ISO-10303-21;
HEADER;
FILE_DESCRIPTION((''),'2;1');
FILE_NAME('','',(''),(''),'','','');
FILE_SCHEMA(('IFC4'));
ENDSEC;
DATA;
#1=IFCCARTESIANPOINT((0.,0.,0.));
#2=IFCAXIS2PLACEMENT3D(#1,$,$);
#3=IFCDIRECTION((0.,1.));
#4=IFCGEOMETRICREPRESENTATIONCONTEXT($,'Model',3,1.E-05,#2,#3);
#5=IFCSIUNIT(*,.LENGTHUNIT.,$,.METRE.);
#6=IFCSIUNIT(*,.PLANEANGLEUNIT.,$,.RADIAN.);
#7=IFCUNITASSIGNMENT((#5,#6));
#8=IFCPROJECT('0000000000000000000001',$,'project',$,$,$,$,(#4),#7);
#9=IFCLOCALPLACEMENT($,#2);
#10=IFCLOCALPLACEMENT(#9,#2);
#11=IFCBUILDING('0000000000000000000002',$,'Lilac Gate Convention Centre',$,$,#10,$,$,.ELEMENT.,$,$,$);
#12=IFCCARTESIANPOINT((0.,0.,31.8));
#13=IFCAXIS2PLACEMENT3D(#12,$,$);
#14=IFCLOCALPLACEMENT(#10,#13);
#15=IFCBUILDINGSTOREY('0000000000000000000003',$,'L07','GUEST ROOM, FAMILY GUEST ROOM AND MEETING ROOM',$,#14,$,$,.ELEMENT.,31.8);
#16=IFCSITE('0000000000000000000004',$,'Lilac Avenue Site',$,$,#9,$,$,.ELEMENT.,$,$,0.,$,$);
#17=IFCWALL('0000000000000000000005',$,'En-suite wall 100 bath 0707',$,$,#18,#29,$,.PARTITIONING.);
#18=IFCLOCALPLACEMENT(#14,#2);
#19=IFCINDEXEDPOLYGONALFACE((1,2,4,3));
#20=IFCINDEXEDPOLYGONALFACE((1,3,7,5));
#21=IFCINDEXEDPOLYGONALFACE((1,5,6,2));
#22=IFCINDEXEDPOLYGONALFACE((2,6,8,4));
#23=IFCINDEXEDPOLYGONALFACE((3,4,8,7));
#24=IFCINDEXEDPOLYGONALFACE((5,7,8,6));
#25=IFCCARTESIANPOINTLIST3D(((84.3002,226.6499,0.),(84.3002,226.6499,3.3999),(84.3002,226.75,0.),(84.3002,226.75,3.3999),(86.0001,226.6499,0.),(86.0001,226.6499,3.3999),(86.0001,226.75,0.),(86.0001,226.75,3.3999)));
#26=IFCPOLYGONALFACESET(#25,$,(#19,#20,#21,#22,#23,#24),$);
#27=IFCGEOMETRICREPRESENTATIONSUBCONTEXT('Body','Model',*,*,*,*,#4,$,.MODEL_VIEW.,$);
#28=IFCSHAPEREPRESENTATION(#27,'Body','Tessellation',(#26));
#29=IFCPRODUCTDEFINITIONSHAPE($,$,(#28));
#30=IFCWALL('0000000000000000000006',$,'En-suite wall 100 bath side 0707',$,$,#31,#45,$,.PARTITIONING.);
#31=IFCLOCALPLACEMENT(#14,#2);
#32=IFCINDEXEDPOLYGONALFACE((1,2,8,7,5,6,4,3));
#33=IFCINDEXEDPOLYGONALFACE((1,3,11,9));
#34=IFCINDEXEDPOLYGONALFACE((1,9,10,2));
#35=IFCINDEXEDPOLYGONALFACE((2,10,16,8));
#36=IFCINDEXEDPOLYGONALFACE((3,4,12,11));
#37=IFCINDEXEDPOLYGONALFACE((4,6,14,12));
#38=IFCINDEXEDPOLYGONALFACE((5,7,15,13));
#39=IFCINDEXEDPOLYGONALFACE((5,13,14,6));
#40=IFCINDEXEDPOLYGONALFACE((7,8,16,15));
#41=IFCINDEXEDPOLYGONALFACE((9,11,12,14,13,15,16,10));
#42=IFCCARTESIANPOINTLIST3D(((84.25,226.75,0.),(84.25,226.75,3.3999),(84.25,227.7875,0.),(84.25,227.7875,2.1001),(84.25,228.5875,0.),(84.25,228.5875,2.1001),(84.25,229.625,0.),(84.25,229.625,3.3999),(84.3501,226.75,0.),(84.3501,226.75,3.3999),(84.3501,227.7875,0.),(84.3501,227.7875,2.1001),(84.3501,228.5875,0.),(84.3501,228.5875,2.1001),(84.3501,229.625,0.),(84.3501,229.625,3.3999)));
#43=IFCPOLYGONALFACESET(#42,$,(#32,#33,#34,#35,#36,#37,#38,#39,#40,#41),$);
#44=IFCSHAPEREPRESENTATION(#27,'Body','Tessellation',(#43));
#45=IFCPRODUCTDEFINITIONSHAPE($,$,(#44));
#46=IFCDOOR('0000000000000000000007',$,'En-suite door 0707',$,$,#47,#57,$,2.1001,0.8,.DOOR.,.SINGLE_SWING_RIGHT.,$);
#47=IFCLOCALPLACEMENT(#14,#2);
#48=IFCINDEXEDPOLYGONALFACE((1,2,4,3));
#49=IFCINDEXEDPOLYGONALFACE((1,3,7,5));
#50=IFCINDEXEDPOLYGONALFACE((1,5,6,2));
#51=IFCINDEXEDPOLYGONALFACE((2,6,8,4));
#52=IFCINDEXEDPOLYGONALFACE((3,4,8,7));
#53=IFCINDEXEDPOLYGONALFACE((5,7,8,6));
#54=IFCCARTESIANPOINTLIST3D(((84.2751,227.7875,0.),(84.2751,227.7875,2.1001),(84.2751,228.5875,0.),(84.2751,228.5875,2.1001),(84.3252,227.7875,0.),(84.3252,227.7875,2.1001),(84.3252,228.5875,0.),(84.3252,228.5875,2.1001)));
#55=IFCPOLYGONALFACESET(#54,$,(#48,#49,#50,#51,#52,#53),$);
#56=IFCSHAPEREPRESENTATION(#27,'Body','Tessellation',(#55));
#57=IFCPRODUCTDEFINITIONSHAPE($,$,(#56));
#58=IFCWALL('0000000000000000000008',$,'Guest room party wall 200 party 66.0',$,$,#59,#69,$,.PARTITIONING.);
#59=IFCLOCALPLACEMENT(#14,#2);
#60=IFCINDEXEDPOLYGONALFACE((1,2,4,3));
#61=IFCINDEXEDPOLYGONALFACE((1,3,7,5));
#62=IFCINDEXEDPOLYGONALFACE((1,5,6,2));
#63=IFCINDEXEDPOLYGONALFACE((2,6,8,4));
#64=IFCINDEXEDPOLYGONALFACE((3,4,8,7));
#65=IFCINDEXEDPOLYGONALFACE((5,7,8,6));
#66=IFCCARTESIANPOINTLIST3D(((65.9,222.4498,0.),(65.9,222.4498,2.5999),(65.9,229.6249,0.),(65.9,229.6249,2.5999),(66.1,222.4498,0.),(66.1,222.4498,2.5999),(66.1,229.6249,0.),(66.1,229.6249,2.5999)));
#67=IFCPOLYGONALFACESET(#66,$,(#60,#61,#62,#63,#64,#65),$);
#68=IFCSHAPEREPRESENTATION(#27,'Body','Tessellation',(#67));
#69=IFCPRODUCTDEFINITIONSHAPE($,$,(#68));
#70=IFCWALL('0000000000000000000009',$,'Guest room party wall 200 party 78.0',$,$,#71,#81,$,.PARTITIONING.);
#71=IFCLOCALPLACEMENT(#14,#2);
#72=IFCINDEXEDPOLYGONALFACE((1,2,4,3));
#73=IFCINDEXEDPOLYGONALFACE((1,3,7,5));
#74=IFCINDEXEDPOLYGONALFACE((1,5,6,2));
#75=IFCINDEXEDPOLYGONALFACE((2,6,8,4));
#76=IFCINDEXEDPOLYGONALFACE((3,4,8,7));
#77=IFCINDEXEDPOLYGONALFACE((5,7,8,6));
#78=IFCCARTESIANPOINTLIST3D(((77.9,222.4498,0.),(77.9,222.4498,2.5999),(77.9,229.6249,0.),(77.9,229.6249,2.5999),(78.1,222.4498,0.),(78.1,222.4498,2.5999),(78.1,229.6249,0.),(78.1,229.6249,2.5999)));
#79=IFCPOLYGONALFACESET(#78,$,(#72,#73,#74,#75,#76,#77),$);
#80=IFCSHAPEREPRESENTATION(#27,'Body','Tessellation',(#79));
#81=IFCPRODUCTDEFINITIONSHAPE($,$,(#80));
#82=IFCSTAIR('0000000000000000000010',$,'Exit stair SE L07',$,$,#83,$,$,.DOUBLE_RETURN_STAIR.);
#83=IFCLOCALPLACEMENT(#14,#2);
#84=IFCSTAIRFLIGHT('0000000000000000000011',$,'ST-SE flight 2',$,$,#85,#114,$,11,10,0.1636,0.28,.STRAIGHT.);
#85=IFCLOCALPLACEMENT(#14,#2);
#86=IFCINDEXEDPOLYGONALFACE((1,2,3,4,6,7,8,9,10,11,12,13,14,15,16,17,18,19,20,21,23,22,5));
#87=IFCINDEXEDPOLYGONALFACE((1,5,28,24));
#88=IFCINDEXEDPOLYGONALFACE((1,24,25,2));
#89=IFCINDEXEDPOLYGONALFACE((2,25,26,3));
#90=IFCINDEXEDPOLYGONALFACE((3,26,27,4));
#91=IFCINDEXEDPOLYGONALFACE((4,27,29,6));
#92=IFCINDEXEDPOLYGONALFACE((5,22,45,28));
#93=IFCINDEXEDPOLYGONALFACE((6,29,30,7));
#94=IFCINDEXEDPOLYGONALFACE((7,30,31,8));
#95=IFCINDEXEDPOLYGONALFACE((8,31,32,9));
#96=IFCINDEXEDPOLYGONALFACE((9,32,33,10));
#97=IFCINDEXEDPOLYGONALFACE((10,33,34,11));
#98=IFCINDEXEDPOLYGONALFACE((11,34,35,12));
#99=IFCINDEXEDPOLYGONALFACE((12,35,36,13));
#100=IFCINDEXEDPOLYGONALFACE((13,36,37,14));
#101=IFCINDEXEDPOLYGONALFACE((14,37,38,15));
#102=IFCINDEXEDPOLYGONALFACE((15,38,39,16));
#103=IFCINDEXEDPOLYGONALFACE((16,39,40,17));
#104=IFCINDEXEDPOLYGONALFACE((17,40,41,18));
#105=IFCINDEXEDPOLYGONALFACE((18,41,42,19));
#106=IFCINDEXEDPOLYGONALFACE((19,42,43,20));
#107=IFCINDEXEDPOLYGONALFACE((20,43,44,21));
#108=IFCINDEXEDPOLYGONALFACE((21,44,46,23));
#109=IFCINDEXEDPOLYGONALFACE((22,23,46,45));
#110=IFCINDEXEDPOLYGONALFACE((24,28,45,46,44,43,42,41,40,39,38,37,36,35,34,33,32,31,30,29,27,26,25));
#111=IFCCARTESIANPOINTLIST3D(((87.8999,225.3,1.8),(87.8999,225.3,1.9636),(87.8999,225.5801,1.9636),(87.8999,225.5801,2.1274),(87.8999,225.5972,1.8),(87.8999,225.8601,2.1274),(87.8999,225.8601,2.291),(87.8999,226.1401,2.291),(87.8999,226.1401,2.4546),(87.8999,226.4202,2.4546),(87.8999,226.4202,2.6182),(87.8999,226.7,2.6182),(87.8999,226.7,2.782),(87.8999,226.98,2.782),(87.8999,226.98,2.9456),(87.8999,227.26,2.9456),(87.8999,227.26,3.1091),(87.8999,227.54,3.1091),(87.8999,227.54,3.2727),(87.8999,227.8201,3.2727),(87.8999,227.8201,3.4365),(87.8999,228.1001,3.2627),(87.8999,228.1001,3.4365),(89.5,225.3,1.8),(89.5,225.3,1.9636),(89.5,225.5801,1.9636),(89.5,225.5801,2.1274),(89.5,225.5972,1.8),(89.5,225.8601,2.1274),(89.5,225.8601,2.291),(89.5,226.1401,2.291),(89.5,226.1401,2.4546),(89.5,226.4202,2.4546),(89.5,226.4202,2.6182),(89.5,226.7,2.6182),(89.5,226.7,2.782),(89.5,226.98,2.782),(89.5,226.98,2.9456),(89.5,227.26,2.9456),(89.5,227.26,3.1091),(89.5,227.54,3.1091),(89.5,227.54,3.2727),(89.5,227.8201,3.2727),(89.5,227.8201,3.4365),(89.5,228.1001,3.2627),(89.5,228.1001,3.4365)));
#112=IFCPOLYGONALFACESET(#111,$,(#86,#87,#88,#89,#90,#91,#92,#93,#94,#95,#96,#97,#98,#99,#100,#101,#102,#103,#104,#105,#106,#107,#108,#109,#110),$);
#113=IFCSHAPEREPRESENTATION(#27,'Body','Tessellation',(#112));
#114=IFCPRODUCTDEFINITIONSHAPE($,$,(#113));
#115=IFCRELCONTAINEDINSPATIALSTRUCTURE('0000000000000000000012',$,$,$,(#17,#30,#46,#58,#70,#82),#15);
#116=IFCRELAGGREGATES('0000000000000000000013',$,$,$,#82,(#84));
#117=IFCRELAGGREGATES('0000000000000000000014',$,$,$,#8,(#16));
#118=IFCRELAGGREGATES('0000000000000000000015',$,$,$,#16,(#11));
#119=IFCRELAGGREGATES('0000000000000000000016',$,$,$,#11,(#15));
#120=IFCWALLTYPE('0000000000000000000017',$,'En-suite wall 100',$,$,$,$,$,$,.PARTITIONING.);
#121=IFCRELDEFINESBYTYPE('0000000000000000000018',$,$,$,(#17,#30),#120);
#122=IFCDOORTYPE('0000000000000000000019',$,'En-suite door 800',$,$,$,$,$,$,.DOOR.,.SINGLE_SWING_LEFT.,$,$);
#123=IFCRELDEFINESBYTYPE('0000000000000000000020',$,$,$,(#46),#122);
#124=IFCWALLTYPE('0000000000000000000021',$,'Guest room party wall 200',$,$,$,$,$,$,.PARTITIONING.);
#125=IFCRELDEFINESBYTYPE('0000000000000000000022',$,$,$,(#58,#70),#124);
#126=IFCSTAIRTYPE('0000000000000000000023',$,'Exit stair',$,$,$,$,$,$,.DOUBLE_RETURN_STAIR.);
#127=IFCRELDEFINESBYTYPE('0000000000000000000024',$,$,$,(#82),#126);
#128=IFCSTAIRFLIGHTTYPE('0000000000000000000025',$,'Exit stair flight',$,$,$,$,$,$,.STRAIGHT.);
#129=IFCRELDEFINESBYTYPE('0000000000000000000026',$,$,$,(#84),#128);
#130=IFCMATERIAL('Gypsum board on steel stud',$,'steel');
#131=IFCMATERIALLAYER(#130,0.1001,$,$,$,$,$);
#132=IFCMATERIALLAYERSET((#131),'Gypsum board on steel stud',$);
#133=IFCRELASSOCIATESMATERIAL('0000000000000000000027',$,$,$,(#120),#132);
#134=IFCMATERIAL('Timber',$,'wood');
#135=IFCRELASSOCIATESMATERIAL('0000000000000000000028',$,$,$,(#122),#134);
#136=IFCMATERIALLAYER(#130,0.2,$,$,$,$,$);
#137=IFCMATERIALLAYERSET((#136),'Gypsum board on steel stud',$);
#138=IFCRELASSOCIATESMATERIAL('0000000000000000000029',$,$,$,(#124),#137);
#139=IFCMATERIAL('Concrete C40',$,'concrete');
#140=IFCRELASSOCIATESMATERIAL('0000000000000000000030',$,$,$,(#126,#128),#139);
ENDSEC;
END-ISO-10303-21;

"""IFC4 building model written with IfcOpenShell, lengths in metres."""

from ifc_helpers import new_model, si_unit, direction, frame, frame_2d, origin, place, context, subcontext, project, spatial, polyline, rectangle, outline, extrude, material, layer, layer_set, type_object, element, fill, aggregate, save


model = new_model("IFC4")

# Units and contexts
model_context = context("Model", 3, precision=1e-05, world=origin(), true_north=direction((0.0, 1.0)))
body_context = subcontext(model_context, "Body", "Model", "MODEL_VIEW")
ifc_project = project(units=[si_unit("LENGTHUNIT", "METRE"), si_unit("PLANEANGLEUNIT", "RADIAN")], contexts=[model_context])

# Site, building, storey
site_placement = place(None, origin())
site = spatial("IfcSite", under=ifc_project, at=site_placement, Name="Lilac Avenue Site", CompositionType="ELEMENT", RefElevation=0.0)
building_placement = place(site_placement, origin())
building = spatial("IfcBuilding", under=site, at=building_placement, Name="Lilac Gate Convention Centre", CompositionType="ELEMENT")
storey_placement = place(building_placement, frame((0.0, 0.0, 31.8)))
storey = spatial("IfcBuildingStorey", under=building, at=storey_placement, Name="L07", Description="GUEST ROOM, FAMILY GUEST ROOM AND MEETING ROOM", CompositionType="ELEMENT", Elevation=31.8)

# Shared definitions
ifc_material_1 = material(Name="Gypsum board on steel stud", Category="steel")
ifc_layer_1 = layer(ifc_material_1, 0.1001)
ifc_layer_set_1 = layer_set([ifc_layer_1], Name="Gypsum board on steel stud")
wall_type_1 = type_object("IfcWallType", Name="En-suite wall 100", PredefinedType="PARTITIONING", material=ifc_layer_set_1)

# Shared definitions
ifc_material_2 = material(Name="Timber", Category="wood")
door_type = type_object("IfcDoorType", Name="En-suite door 800", OperationType="SINGLE_SWING_LEFT", PredefinedType="DOOR", material=ifc_material_2)

# Wall
wall_1_placement = place(storey_placement, frame((84.3, 226.7, 0.0), z_axis=(0.0, 0.0, 1.0), x_axis=(1.0, 0.0, 0.0)))
element("IfcWall", 1, at=wall_1_placement, inside=storey, type_object=wall_type_1, Name="En-suite wall 100 bath 0707", PredefinedType="PARTITIONING", context=body_context, shape_type="SweptSolid", body=[
    extrude(rectangle(XDim=1.7, YDim=0.1001, at=frame_2d((0.8501, 0.0))), origin(), (0.0, 0.0, 1.0), 3.3999),
])

# Wall, opening, door
wall_2_placement = place(storey_placement, frame((84.3, 226.75, 0.0), z_axis=(0.0, 0.0, 1.0), x_axis=(0.0, 1.0, 0.0)))
wall_2 = element("IfcWall", 2, at=wall_2_placement, inside=storey, type_object=wall_type_1, Name="En-suite wall 100 bath side 0707", PredefinedType="PARTITIONING", context=body_context, shape_type="SweptSolid", body=[
    extrude(rectangle(XDim=2.875, YDim=0.1001, at=frame_2d((1.4375, 0.0))), origin(), (0.0, 0.0, 1.0), 3.3999),
])
opening_1_placement = place(wall_2_placement, frame((1.0376, 0.0, 0.0)))
opening_1 = element("IfcOpeningElement", 3, at=opening_1_placement, cuts=wall_2, PredefinedType="OPENING", context=body_context, shape_type="SweptSolid", body=[
    extrude(rectangle(XDim=0.8, YDim=2.1001, at=frame_2d((0.3999, 1.05))), frame((0.0, 0.0601, 0.0), z_axis=(0.0, -1.0, 0.0), x_axis=(1.0, 0.0, 0.0)), (0.0, 0.0, 1.0), 0.1201),
])
door_1_placement = place(opening_1_placement, origin())
door_1 = element("IfcDoor", 4, at=door_1_placement, inside=storey, type_object=door_type, Name="En-suite door 0707", OperationType="SINGLE_SWING_RIGHT", OverallHeight=2.1001, OverallWidth=0.8, PredefinedType="DOOR", context=body_context, shape_type="SweptSolid", body=[
    extrude(rectangle(XDim=0.8, YDim=2.1001, at=frame_2d((0.3999, 1.05))), frame((0.0, 0.0249, 0.0), z_axis=(0.0, -1.0, 0.0), x_axis=(1.0, 0.0, 0.0)), (0.0, 0.0, 1.0), 0.05),
])
fill(opening_1, door_1)

# Walls
ifc_layer_2 = layer(ifc_material_1, 0.2)
ifc_layer_set_2 = layer_set([ifc_layer_2], Name="Gypsum board on steel stud")
wall_type_2 = type_object("IfcWallType", Name="Guest room party wall 200", PredefinedType="PARTITIONING", material=ifc_layer_set_2)
for number, where, z_axis, x_axis, name in (
    (5, (66.0, 222.45, 0.0), (0.0, 0.0, 1.0), (0.0, 1.0, 0.0), "Guest room party wall 200 party 66.0"),
    (6, (78.0, 222.45, 0.0), (0.0, 0.0, 1.0), (0.0, 1.0, 0.0), "Guest room party wall 200 party 78.0"),
):
    element("IfcWall", number, at=place(storey_placement, frame(where, z_axis=z_axis, x_axis=x_axis)), inside=storey, type_object=wall_type_2, Name=name, PredefinedType="PARTITIONING", context=body_context, shape_type="SweptSolid", body=[
        extrude(rectangle(XDim=7.175, YDim=0.2, at=frame_2d((3.5874, 0.0))), origin(), (0.0, 0.0, 1.0), 2.5999),
    ])

# Stair, stair flight
ifc_material_3 = material(Name="Concrete C40", Category="concrete")
stair_type = type_object("IfcStairType", Name="Exit stair", PredefinedType="DOUBLE_RETURN_STAIR", material=ifc_material_3)
stair_placement = place(storey_placement, origin())
stair = element("IfcStair", 7, at=stair_placement, inside=storey, type_object=stair_type, Name="Exit stair SE L07", PredefinedType="DOUBLE_RETURN_STAIR")
stair_flight_type = type_object("IfcStairFlightType", Name="Exit stair flight", PredefinedType="STRAIGHT", material=ifc_material_3)
stair_flight_placement = place(storey_placement, frame((88.7, 225.3, 1.8), z_axis=(0.0, 0.0, 1.0), x_axis=(0.0, 1.0, 0.0)))
stair_flight = element("IfcStairFlight", 8, at=stair_flight_placement, type_object=stair_flight_type, Name="ST-SE flight 2", NumberOfRisers=11, NumberOfTreads=10, PredefinedType="STRAIGHT", RiserHeight=0.1636, TreadLength=0.28, context=body_context, shape_type="SweptSolid", body=[
    extrude(outline(polyline([(0.0, 0.0), (0.0, 0.1636), (0.28, 0.1636), (0.28, 0.3274), (0.5601, 0.3274), (0.5601, 0.491), (0.8401, 0.491), (0.8401, 0.6545), (1.1201, 0.6545), (1.1201, 0.8181), (1.3999, 0.8181), (1.3999, 0.9819), (1.6799, 0.9819), (1.6799, 1.1455), (1.96, 1.1455), (1.96, 1.3091), (2.24, 1.3091), (2.24, 1.4727), (2.52, 1.4727), (2.52, 1.6365), (2.8, 1.6365), (2.8, 1.8), (2.8, 1.4626), (0.2971, 0.0), (0.0, 0.0)])), frame((0.0, 0.8, 0.0), z_axis=(0.0, -1.0, 0.0), x_axis=(1.0, 0.0, 0.0)), (0.0, 0.0, 1.0), 1.6001),
])
aggregate(stair, [stair_flight])

save(model, "model.ifc")
